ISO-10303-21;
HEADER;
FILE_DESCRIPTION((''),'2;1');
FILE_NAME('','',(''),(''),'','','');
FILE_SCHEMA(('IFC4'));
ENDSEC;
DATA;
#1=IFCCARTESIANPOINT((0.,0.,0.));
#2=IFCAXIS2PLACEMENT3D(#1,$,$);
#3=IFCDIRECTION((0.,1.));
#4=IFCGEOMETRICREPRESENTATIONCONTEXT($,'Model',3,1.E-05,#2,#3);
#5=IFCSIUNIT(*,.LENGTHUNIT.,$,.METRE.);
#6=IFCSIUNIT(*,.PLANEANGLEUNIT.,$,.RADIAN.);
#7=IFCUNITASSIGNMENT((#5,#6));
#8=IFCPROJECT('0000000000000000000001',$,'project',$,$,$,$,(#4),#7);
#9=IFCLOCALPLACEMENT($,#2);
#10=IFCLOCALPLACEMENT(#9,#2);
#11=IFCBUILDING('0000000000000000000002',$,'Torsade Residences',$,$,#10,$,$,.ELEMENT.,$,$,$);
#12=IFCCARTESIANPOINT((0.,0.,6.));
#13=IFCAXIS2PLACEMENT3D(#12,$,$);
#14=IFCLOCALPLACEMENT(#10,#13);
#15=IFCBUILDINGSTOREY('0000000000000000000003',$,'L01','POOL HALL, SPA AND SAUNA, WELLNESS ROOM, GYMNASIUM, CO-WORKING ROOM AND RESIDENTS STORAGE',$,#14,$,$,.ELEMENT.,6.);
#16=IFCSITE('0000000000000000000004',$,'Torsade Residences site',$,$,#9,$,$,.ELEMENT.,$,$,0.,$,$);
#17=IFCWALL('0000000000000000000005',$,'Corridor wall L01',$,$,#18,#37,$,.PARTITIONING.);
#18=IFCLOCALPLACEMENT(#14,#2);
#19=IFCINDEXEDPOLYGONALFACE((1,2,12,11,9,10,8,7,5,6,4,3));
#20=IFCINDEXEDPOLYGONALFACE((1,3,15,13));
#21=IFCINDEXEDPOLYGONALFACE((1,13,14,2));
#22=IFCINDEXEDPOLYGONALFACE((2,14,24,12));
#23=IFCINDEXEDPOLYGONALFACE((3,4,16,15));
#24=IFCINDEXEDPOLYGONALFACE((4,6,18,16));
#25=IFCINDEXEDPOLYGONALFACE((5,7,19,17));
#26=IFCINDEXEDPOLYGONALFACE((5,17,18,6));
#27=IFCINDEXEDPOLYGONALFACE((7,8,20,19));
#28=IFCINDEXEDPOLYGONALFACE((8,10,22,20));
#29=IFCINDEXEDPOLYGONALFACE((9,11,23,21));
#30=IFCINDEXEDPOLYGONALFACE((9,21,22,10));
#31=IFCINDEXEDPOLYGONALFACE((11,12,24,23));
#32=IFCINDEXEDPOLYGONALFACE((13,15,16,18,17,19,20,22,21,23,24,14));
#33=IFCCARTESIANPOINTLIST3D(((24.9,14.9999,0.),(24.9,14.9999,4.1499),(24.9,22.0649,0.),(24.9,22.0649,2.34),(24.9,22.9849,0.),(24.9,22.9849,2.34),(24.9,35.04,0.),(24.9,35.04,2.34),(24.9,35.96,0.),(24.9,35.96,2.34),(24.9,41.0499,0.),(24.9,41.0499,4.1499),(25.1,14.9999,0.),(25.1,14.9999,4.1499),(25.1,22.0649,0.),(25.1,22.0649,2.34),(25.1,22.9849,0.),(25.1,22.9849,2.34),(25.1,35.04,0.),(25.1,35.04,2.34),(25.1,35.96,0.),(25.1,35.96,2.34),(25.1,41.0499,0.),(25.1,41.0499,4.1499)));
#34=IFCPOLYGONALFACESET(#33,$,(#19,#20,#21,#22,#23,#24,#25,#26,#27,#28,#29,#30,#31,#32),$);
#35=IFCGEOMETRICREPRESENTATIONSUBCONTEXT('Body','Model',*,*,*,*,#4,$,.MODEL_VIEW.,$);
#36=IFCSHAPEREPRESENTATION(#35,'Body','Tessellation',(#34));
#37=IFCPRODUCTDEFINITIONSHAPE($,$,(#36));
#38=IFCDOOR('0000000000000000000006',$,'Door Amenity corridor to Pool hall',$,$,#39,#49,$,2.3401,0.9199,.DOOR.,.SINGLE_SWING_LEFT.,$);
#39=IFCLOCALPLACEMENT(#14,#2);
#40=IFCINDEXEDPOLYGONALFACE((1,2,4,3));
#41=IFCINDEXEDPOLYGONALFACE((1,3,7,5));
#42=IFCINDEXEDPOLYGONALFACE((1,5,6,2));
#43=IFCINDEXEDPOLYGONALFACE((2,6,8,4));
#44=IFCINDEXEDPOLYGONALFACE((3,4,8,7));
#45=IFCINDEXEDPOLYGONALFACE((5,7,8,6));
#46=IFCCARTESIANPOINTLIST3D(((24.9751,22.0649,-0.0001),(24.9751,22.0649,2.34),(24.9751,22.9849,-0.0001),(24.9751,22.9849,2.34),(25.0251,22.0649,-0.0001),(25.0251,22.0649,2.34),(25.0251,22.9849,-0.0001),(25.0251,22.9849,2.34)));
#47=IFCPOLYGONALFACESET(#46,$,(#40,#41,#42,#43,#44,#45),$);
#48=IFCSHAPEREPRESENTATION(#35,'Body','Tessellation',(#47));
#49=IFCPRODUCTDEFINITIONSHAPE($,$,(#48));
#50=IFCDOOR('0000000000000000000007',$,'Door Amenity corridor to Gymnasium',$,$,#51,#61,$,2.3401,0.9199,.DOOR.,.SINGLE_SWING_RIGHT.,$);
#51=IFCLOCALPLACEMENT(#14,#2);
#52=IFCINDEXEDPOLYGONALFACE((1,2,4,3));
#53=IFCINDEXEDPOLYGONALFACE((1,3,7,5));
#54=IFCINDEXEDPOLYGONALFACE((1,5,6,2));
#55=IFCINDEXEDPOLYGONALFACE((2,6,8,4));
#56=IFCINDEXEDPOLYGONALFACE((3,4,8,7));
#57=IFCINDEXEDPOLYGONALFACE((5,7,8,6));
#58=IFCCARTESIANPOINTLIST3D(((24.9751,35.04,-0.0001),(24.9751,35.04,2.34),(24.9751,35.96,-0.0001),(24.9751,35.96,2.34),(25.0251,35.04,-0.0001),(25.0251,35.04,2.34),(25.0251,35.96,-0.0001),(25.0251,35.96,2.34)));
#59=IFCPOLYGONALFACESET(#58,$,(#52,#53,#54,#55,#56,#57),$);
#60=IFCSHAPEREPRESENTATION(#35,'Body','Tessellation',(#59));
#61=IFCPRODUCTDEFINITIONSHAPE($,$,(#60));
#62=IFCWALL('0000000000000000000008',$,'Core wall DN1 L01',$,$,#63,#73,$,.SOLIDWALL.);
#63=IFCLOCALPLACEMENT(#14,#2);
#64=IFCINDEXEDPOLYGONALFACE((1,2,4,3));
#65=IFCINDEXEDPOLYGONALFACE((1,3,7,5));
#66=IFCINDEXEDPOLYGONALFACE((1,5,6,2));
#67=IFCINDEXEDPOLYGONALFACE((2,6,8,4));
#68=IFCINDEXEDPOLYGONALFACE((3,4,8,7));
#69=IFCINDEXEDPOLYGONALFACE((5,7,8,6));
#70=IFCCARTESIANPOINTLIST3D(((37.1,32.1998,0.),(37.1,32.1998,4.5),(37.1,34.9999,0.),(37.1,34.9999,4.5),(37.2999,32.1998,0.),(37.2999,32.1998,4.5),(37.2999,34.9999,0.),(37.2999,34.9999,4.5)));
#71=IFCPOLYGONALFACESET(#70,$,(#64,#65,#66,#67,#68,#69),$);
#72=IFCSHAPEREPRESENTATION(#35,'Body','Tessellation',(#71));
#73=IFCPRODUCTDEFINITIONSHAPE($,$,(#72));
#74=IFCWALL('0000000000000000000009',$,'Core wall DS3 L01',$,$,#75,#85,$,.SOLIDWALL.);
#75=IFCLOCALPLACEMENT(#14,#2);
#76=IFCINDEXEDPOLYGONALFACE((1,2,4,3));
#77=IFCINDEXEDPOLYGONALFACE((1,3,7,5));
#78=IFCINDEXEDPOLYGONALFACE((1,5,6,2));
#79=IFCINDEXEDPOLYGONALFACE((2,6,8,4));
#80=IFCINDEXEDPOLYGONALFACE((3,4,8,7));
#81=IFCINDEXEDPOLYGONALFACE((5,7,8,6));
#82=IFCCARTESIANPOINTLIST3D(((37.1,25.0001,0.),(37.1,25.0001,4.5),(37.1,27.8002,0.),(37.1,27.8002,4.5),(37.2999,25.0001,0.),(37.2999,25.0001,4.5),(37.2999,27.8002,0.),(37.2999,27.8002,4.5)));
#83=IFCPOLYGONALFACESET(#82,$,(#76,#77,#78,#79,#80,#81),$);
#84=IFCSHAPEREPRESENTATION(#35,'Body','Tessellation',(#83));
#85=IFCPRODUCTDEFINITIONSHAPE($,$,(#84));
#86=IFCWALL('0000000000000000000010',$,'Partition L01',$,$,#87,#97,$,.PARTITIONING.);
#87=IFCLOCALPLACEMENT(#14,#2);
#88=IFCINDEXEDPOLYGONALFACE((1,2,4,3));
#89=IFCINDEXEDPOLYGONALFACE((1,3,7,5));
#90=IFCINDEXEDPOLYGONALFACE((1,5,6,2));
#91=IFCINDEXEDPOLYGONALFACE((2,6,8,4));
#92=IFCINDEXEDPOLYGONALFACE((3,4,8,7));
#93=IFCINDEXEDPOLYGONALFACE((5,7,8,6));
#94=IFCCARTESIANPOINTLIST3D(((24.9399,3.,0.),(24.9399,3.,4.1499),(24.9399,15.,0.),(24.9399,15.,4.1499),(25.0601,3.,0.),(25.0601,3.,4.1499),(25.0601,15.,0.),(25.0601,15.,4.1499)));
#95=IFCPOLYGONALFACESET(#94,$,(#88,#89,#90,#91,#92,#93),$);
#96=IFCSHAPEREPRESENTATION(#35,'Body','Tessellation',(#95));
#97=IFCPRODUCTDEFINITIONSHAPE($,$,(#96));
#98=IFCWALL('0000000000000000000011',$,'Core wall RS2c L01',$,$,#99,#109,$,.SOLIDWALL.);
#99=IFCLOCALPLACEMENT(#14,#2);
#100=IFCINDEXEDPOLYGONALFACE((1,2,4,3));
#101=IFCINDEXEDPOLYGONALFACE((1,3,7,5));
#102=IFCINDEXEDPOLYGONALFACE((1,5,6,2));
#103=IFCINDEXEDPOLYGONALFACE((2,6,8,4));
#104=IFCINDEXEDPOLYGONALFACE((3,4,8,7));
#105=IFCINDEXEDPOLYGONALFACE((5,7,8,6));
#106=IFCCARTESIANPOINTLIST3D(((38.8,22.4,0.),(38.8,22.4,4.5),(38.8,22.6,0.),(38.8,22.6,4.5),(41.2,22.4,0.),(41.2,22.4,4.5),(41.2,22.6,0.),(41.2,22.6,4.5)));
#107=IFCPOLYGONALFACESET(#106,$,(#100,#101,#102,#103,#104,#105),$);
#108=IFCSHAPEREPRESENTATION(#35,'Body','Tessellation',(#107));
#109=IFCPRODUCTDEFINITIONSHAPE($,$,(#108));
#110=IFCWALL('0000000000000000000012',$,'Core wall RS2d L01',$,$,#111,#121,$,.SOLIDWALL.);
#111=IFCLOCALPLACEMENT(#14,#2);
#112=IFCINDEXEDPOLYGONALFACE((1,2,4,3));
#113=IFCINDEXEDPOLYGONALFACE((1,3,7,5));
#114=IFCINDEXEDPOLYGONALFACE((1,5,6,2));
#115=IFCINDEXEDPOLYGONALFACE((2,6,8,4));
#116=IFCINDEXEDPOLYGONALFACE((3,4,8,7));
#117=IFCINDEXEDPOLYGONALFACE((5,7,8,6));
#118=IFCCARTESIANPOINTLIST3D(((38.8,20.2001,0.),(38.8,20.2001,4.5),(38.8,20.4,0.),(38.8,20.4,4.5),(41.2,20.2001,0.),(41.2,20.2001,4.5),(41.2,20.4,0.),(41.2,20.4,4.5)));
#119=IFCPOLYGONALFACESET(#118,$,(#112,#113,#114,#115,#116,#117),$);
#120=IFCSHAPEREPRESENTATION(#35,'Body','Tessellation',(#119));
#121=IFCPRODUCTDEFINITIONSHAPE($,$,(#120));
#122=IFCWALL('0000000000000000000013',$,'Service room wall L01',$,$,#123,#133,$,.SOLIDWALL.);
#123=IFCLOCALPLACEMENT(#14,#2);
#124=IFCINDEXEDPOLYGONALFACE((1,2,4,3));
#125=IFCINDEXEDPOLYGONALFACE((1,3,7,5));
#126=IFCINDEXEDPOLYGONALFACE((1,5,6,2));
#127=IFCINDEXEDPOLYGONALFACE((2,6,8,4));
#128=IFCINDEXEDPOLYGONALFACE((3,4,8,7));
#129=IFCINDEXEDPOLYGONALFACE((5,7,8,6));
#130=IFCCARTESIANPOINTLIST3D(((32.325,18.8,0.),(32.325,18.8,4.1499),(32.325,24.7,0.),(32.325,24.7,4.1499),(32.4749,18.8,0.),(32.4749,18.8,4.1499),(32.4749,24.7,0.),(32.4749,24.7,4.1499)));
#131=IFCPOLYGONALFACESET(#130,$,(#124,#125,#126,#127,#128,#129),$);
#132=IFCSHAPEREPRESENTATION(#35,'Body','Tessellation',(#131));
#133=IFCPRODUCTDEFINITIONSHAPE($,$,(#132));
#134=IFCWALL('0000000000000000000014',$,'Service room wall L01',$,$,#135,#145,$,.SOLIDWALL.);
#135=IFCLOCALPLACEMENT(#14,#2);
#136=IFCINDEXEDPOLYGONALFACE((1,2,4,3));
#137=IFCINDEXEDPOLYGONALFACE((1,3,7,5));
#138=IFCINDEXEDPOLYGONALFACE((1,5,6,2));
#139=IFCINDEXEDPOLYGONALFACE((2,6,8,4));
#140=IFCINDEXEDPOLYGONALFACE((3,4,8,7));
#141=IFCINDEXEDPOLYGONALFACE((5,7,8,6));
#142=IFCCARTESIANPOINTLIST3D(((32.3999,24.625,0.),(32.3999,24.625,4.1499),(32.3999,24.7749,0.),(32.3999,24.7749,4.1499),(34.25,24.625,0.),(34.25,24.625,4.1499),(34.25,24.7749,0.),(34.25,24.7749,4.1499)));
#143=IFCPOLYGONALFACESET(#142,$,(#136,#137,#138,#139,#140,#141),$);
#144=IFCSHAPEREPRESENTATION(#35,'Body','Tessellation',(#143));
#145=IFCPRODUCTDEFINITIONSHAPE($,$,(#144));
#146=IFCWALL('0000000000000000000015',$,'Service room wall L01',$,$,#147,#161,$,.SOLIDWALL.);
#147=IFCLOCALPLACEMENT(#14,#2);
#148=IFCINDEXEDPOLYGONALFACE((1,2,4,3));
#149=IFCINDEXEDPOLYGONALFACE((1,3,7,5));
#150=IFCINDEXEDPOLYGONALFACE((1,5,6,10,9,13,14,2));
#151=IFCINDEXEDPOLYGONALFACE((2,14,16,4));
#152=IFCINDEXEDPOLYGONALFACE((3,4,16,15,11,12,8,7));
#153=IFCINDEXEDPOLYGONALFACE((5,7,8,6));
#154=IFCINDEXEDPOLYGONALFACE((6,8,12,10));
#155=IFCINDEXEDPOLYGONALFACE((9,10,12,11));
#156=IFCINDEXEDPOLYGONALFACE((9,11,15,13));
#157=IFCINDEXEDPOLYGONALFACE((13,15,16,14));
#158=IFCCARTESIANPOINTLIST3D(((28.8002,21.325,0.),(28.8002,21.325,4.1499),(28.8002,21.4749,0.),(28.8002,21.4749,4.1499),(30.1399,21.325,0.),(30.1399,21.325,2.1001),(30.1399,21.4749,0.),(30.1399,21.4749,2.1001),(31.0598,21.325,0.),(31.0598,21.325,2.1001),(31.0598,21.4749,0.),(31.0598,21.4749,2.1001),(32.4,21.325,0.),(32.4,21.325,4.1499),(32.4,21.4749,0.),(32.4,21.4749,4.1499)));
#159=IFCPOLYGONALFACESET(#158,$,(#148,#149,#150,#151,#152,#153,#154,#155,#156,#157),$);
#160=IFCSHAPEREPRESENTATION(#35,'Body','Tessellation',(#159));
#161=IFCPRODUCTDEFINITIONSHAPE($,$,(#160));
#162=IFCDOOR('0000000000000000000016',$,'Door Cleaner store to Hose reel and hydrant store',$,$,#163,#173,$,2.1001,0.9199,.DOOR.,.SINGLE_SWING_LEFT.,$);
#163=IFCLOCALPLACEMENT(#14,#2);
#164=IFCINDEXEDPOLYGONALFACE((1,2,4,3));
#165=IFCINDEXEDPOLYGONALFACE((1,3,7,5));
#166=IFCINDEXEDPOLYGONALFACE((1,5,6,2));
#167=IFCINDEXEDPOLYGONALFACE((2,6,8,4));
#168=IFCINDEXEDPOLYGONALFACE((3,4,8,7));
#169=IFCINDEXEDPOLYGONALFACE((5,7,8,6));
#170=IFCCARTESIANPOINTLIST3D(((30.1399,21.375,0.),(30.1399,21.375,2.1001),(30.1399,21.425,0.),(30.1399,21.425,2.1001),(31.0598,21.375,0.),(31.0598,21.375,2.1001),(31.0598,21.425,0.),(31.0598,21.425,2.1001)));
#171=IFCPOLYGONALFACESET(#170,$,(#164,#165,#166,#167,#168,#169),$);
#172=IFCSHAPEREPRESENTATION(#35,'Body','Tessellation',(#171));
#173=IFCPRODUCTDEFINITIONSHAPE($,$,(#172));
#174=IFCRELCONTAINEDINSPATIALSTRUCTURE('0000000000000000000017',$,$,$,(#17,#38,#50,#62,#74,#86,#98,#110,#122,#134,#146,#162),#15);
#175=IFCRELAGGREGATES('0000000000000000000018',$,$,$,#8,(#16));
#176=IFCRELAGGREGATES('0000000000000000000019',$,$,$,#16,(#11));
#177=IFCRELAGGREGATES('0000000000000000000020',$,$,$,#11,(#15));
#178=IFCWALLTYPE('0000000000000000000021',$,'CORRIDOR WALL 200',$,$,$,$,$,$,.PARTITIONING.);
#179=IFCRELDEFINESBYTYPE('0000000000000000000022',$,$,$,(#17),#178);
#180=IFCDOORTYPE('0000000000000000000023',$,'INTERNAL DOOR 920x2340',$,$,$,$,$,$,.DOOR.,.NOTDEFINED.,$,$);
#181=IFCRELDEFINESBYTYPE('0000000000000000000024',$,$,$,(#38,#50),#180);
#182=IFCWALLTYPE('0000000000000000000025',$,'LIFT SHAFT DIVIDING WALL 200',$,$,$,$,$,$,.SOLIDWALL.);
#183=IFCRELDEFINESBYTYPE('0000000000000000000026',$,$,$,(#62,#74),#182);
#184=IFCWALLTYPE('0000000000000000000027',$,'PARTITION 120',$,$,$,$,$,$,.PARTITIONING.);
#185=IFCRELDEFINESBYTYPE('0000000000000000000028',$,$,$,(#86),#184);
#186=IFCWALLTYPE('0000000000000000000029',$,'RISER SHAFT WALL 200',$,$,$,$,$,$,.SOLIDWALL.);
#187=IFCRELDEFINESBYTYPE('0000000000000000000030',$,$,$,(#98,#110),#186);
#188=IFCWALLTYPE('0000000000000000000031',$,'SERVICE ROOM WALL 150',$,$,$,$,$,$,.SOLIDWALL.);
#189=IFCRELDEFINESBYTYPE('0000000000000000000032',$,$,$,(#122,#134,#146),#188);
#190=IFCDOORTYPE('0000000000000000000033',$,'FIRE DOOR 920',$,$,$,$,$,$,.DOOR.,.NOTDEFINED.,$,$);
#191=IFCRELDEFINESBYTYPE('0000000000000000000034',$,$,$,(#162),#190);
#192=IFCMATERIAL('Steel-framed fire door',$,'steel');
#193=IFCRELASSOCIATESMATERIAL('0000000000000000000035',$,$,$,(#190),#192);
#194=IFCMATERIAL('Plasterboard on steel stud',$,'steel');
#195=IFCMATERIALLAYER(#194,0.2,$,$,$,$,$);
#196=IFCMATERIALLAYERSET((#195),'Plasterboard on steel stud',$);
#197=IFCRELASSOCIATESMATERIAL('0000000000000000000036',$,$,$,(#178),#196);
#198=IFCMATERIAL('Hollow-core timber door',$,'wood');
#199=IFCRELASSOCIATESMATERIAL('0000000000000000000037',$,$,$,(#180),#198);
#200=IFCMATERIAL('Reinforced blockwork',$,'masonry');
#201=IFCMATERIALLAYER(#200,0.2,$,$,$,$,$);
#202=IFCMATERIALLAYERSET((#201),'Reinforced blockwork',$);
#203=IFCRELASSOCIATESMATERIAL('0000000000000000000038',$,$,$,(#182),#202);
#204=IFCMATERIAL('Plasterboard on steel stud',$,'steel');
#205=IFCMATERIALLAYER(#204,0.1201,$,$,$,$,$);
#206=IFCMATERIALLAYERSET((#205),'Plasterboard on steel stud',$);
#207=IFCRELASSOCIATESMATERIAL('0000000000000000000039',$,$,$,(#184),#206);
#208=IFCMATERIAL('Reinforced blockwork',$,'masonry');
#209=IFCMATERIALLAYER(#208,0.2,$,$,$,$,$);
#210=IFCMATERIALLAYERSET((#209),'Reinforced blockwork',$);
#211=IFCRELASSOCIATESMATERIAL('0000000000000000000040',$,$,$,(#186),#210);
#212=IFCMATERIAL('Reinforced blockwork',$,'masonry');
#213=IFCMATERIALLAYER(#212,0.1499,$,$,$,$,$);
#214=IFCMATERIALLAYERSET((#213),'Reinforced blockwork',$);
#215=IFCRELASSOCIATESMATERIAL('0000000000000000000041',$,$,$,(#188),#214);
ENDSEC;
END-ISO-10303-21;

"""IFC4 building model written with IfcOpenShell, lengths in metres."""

from ifc_helpers import new_model, si_unit, direction, frame, frame_2d, origin, place, context, subcontext, project, spatial, rectangle, extrude, material, layer, layer_set, type_object, element, fill, save


model = new_model("IFC4")

# Units and contexts
model_context = context("Model", 3, precision=1e-05, world=origin(), true_north=direction((0.0, 1.0)))
body_context = subcontext(model_context, "Body", "Model", "MODEL_VIEW")
ifc_project = project(units=[si_unit("LENGTHUNIT", "METRE"), si_unit("PLANEANGLEUNIT", "RADIAN")], contexts=[model_context])

# Site, building, storey
site_placement = place(None, origin())
site = spatial("IfcSite", under=ifc_project, at=site_placement, Name="Torsade Residences site", CompositionType="ELEMENT", RefElevation=0.0)
building_placement = place(site_placement, origin())
building = spatial("IfcBuilding", under=site, at=building_placement, Name="Torsade Residences", CompositionType="ELEMENT")
storey_placement = place(building_placement, frame((0.0, 0.0, 6.0)))
storey = spatial("IfcBuildingStorey", under=building, at=storey_placement, Name="L01", Description="POOL HALL, SPA AND SAUNA, WELLNESS ROOM, GYMNASIUM, CO-WORKING ROOM AND RESIDENTS STORAGE", CompositionType="ELEMENT", Elevation=6.0)

# Shared definitions
ifc_material_1 = material(Name="Steel-framed fire door", Category="steel")
door_type_1 = type_object("IfcDoorType", Name="FIRE DOOR 920", OperationType="NOTDEFINED", PredefinedType="DOOR", material=ifc_material_1)

# Wall, openings, doors
ifc_material_2 = material(Name="Plasterboard on steel stud", Category="steel")
ifc_layer_1 = layer(ifc_material_2, 0.2)
ifc_layer_set_1 = layer_set([ifc_layer_1], Name="Plasterboard on steel stud")
wall_type_1 = type_object("IfcWallType", Name="CORRIDOR WALL 200", PredefinedType="PARTITIONING", material=ifc_layer_set_1)
wall_1_placement = place(storey_placement, frame((25.0, 15.0, 0.0), z_axis=(0.0, 0.0, 1.0), x_axis=(0.0, 1.0, 0.0)))
wall_1 = element("IfcWall", 1, at=wall_1_placement, inside=storey, type_object=wall_type_1, Name="Corridor wall L01", PredefinedType="PARTITIONING", context=body_context, shape_type="SweptSolid", body=[
    extrude(rectangle(XDim=26.05, YDim=0.2, at=frame_2d((13.0249, 0.0))), origin(), (0.0, 0.0, 1.0), 4.1499),
])
opening_1_placement = place(wall_1_placement, frame((7.0649, 0.0, 0.0)))
opening_1 = element("IfcOpeningElement", 2, at=opening_1_placement, cuts=wall_1, PredefinedType="OPENING", context=body_context, shape_type="SweptSolid", body=[
    extrude(rectangle(XDim=0.9199, YDim=2.3401, at=frame_2d((0.46, 1.1699))), frame((0.0, 0.1099, 0.0), z_axis=(0.0, -1.0, 0.0), x_axis=(1.0, 0.0, 0.0)), (0.0, 0.0, 1.0), 0.22),
])
opening_2_placement = place(wall_1_placement, frame((20.04, 0.0, 0.0)))
opening_2 = element("IfcOpeningElement", 3, at=opening_2_placement, cuts=wall_1, PredefinedType="OPENING", context=body_context, shape_type="SweptSolid", body=[
    extrude(rectangle(XDim=0.9199, YDim=2.3401, at=frame_2d((0.46, 1.1699))), frame((0.0, 0.1099, 0.0), z_axis=(0.0, -1.0, 0.0), x_axis=(1.0, 0.0, 0.0)), (0.0, 0.0, 1.0), 0.22),
])
ifc_material_3 = material(Name="Hollow-core timber door", Category="wood")
door_type_2 = type_object("IfcDoorType", Name="INTERNAL DOOR 920x2340", OperationType="NOTDEFINED", PredefinedType="DOOR", material=ifc_material_3)
door_1_placement = place(opening_1_placement, origin())
door_1 = element("IfcDoor", 4, at=door_1_placement, inside=storey, type_object=door_type_2, Name="Door Amenity corridor to Pool hall", OperationType="SINGLE_SWING_LEFT", OverallHeight=2.3401, OverallWidth=0.9199, PredefinedType="DOOR", context=body_context, shape_type="SweptSolid", body=[
    extrude(rectangle(XDim=0.9199, YDim=2.3401, at=frame_2d((0.46, 1.1699))), frame((0.0, 0.0249, 0.0), z_axis=(0.0, -1.0, 0.0), x_axis=(1.0, 0.0, 0.0)), (0.0, 0.0, 1.0), 0.05),
])
fill(opening_1, door_1)
door_2_placement = place(opening_2_placement, origin())
door_2 = element("IfcDoor", 5, at=door_2_placement, inside=storey, type_object=door_type_2, Name="Door Amenity corridor to Gymnasium", OperationType="SINGLE_SWING_RIGHT", OverallHeight=2.3401, OverallWidth=0.9199, PredefinedType="DOOR", context=body_context, shape_type="SweptSolid", body=[
    extrude(rectangle(XDim=0.9199, YDim=2.3401, at=frame_2d((0.46, 1.1699))), frame((0.0, 0.0249, 0.0), z_axis=(0.0, -1.0, 0.0), x_axis=(1.0, 0.0, 0.0)), (0.0, 0.0, 1.0), 0.05),
])
fill(opening_2, door_2)

# Walls
ifc_material_4 = material(Name="Reinforced blockwork", Category="masonry")
ifc_layer_2 = layer(ifc_material_4, 0.2)
ifc_layer_set_2 = layer_set([ifc_layer_2], Name="Reinforced blockwork")
wall_type_2 = type_object("IfcWallType", Name="LIFT SHAFT DIVIDING WALL 200", PredefinedType="SOLIDWALL", material=ifc_layer_set_2)
for number, where, z_axis, x_axis, name in (
    (6, (37.2, 32.2, 0.0), (0.0, 0.0, 1.0), (0.0, 1.0, 0.0), "Core wall DN1 L01"),
    (7, (37.2, 27.8, 0.0), (0.0, 0.0, 1.0), (0.0, -1.0, 0.0), "Core wall DS3 L01"),
):
    element("IfcWall", number, at=place(storey_placement, frame(where, z_axis=z_axis, x_axis=x_axis)), inside=storey, type_object=wall_type_2, Name=name, PredefinedType="SOLIDWALL", context=body_context, shape_type="SweptSolid", body=[
        extrude(rectangle(XDim=2.8, YDim=0.2, at=frame_2d((1.3999, 0.0))), origin(), (0.0, 0.0, 1.0), 4.5),
    ])
ifc_material_5 = material(Name="Plasterboard on steel stud", Category="steel")
ifc_layer_3 = layer(ifc_material_5, 0.1201)
ifc_layer_set_3 = layer_set([ifc_layer_3], Name="Plasterboard on steel stud")
wall_type_3 = type_object("IfcWallType", Name="PARTITION 120", PredefinedType="PARTITIONING", material=ifc_layer_set_3)
wall_2_placement = place(storey_placement, frame((25.0, 15.0, 0.0), z_axis=(0.0, 0.0, 1.0), x_axis=(0.0, -1.0, 0.0)))
element("IfcWall", 8, at=wall_2_placement, inside=storey, type_object=wall_type_3, Name="Partition L01", PredefinedType="PARTITIONING", context=body_context, shape_type="SweptSolid", body=[
    extrude(rectangle(XDim=12.0, YDim=0.1201, at=frame_2d((6.0, 0.0))), origin(), (0.0, 0.0, 1.0), 4.1499),
])
ifc_material_6 = material(Name="Reinforced blockwork", Category="masonry")
ifc_layer_4 = layer(ifc_material_6, 0.2)
ifc_layer_set_4 = layer_set([ifc_layer_4], Name="Reinforced blockwork")
wall_type_4 = type_object("IfcWallType", Name="RISER SHAFT WALL 200", PredefinedType="SOLIDWALL", material=ifc_layer_set_4)
for number, where, z_axis, x_axis, name in (
    (9, (38.8, 22.5, 0.0), (0.0, 0.0, 1.0), (1.0, 0.0, 0.0), "Core wall RS2c L01"),
    (10, (38.8, 20.3, 0.0), (0.0, 0.0, 1.0), (1.0, 0.0, 0.0), "Core wall RS2d L01"),
):
    element("IfcWall", number, at=place(storey_placement, frame(where, z_axis=z_axis, x_axis=x_axis)), inside=storey, type_object=wall_type_4, Name=name, PredefinedType="SOLIDWALL", context=body_context, shape_type="SweptSolid", body=[
        extrude(rectangle(XDim=2.3999, YDim=0.2, at=frame_2d((1.2, 0.0))), origin(), (0.0, 0.0, 1.0), 4.5),
    ])
ifc_material_7 = material(Name="Reinforced blockwork", Category="masonry")
ifc_layer_5 = layer(ifc_material_7, 0.1499)
ifc_layer_set_5 = layer_set([ifc_layer_5], Name="Reinforced blockwork")
wall_type_5 = type_object("IfcWallType", Name="SERVICE ROOM WALL 150", PredefinedType="SOLIDWALL", material=ifc_layer_set_5)
wall_3_placement = place(storey_placement, frame((32.3999, 18.8, 0.0), z_axis=(0.0, 0.0, 1.0), x_axis=(0.0, 1.0, 0.0)))
element("IfcWall", 11, at=wall_3_placement, inside=storey, type_object=wall_type_5, Name="Service room wall L01", PredefinedType="SOLIDWALL", context=body_context, shape_type="SweptSolid", body=[
    extrude(rectangle(XDim=5.8999, YDim=0.1499, at=frame_2d((2.95, 0.0))), origin(), (0.0, 0.0, 1.0), 4.1499),
])
wall_4_placement = place(storey_placement, frame((32.3999, 24.7, 0.0), z_axis=(0.0, 0.0, 1.0), x_axis=(1.0, 0.0, 0.0)))
element("IfcWall", 12, at=wall_4_placement, inside=storey, type_object=wall_type_5, Name="Service room wall L01", PredefinedType="SOLIDWALL", context=body_context, shape_type="SweptSolid", body=[
    extrude(rectangle(XDim=1.8501, YDim=0.1499, at=frame_2d((0.925, 0.0))), origin(), (0.0, 0.0, 1.0), 4.1499),
])

# Wall, opening, door
wall_5_placement = place(storey_placement, frame((32.3999, 21.3999, 0.0), z_axis=(0.0, 0.0, 1.0), x_axis=(-1.0, 0.0, 0.0)))
wall_5 = element("IfcWall", 13, at=wall_5_placement, inside=storey, type_object=wall_type_5, Name="Service room wall L01", PredefinedType="SOLIDWALL", context=body_context, shape_type="SweptSolid", body=[
    extrude(rectangle(XDim=3.5999, YDim=0.1499, at=frame_2d((1.7998, 0.0))), origin(), (0.0, 0.0, 1.0), 4.1499),
])
opening_3_placement = place(wall_5_placement, frame((1.3401, 0.0, 0.0)))
opening_3 = element("IfcOpeningElement", 14, at=opening_3_placement, cuts=wall_5, PredefinedType="OPENING", context=body_context, shape_type="SweptSolid", body=[
    extrude(rectangle(XDim=0.9199, YDim=2.1001, at=frame_2d((0.46, 1.05))), frame((0.0, 0.085, 0.0), z_axis=(0.0, -1.0, 0.0), x_axis=(1.0, 0.0, 0.0)), (0.0, 0.0, 1.0), 0.1699),
])
door_3_placement = place(opening_3_placement, origin())
door_3 = element("IfcDoor", 15, at=door_3_placement, inside=storey, type_object=door_type_1, Name="Door Cleaner store to Hose reel and hydrant store", OperationType="SINGLE_SWING_LEFT", OverallHeight=2.1001, OverallWidth=0.9199, PredefinedType="DOOR", context=body_context, shape_type="SweptSolid", body=[
    extrude(rectangle(XDim=0.9199, YDim=2.1001, at=frame_2d((0.46, 1.05))), frame((0.0, 0.0249, 0.0), z_axis=(0.0, -1.0, 0.0), x_axis=(1.0, 0.0, 0.0)), (0.0, 0.0, 1.0), 0.05),
])
fill(opening_3, door_3)

save(model, "model.ifc")
